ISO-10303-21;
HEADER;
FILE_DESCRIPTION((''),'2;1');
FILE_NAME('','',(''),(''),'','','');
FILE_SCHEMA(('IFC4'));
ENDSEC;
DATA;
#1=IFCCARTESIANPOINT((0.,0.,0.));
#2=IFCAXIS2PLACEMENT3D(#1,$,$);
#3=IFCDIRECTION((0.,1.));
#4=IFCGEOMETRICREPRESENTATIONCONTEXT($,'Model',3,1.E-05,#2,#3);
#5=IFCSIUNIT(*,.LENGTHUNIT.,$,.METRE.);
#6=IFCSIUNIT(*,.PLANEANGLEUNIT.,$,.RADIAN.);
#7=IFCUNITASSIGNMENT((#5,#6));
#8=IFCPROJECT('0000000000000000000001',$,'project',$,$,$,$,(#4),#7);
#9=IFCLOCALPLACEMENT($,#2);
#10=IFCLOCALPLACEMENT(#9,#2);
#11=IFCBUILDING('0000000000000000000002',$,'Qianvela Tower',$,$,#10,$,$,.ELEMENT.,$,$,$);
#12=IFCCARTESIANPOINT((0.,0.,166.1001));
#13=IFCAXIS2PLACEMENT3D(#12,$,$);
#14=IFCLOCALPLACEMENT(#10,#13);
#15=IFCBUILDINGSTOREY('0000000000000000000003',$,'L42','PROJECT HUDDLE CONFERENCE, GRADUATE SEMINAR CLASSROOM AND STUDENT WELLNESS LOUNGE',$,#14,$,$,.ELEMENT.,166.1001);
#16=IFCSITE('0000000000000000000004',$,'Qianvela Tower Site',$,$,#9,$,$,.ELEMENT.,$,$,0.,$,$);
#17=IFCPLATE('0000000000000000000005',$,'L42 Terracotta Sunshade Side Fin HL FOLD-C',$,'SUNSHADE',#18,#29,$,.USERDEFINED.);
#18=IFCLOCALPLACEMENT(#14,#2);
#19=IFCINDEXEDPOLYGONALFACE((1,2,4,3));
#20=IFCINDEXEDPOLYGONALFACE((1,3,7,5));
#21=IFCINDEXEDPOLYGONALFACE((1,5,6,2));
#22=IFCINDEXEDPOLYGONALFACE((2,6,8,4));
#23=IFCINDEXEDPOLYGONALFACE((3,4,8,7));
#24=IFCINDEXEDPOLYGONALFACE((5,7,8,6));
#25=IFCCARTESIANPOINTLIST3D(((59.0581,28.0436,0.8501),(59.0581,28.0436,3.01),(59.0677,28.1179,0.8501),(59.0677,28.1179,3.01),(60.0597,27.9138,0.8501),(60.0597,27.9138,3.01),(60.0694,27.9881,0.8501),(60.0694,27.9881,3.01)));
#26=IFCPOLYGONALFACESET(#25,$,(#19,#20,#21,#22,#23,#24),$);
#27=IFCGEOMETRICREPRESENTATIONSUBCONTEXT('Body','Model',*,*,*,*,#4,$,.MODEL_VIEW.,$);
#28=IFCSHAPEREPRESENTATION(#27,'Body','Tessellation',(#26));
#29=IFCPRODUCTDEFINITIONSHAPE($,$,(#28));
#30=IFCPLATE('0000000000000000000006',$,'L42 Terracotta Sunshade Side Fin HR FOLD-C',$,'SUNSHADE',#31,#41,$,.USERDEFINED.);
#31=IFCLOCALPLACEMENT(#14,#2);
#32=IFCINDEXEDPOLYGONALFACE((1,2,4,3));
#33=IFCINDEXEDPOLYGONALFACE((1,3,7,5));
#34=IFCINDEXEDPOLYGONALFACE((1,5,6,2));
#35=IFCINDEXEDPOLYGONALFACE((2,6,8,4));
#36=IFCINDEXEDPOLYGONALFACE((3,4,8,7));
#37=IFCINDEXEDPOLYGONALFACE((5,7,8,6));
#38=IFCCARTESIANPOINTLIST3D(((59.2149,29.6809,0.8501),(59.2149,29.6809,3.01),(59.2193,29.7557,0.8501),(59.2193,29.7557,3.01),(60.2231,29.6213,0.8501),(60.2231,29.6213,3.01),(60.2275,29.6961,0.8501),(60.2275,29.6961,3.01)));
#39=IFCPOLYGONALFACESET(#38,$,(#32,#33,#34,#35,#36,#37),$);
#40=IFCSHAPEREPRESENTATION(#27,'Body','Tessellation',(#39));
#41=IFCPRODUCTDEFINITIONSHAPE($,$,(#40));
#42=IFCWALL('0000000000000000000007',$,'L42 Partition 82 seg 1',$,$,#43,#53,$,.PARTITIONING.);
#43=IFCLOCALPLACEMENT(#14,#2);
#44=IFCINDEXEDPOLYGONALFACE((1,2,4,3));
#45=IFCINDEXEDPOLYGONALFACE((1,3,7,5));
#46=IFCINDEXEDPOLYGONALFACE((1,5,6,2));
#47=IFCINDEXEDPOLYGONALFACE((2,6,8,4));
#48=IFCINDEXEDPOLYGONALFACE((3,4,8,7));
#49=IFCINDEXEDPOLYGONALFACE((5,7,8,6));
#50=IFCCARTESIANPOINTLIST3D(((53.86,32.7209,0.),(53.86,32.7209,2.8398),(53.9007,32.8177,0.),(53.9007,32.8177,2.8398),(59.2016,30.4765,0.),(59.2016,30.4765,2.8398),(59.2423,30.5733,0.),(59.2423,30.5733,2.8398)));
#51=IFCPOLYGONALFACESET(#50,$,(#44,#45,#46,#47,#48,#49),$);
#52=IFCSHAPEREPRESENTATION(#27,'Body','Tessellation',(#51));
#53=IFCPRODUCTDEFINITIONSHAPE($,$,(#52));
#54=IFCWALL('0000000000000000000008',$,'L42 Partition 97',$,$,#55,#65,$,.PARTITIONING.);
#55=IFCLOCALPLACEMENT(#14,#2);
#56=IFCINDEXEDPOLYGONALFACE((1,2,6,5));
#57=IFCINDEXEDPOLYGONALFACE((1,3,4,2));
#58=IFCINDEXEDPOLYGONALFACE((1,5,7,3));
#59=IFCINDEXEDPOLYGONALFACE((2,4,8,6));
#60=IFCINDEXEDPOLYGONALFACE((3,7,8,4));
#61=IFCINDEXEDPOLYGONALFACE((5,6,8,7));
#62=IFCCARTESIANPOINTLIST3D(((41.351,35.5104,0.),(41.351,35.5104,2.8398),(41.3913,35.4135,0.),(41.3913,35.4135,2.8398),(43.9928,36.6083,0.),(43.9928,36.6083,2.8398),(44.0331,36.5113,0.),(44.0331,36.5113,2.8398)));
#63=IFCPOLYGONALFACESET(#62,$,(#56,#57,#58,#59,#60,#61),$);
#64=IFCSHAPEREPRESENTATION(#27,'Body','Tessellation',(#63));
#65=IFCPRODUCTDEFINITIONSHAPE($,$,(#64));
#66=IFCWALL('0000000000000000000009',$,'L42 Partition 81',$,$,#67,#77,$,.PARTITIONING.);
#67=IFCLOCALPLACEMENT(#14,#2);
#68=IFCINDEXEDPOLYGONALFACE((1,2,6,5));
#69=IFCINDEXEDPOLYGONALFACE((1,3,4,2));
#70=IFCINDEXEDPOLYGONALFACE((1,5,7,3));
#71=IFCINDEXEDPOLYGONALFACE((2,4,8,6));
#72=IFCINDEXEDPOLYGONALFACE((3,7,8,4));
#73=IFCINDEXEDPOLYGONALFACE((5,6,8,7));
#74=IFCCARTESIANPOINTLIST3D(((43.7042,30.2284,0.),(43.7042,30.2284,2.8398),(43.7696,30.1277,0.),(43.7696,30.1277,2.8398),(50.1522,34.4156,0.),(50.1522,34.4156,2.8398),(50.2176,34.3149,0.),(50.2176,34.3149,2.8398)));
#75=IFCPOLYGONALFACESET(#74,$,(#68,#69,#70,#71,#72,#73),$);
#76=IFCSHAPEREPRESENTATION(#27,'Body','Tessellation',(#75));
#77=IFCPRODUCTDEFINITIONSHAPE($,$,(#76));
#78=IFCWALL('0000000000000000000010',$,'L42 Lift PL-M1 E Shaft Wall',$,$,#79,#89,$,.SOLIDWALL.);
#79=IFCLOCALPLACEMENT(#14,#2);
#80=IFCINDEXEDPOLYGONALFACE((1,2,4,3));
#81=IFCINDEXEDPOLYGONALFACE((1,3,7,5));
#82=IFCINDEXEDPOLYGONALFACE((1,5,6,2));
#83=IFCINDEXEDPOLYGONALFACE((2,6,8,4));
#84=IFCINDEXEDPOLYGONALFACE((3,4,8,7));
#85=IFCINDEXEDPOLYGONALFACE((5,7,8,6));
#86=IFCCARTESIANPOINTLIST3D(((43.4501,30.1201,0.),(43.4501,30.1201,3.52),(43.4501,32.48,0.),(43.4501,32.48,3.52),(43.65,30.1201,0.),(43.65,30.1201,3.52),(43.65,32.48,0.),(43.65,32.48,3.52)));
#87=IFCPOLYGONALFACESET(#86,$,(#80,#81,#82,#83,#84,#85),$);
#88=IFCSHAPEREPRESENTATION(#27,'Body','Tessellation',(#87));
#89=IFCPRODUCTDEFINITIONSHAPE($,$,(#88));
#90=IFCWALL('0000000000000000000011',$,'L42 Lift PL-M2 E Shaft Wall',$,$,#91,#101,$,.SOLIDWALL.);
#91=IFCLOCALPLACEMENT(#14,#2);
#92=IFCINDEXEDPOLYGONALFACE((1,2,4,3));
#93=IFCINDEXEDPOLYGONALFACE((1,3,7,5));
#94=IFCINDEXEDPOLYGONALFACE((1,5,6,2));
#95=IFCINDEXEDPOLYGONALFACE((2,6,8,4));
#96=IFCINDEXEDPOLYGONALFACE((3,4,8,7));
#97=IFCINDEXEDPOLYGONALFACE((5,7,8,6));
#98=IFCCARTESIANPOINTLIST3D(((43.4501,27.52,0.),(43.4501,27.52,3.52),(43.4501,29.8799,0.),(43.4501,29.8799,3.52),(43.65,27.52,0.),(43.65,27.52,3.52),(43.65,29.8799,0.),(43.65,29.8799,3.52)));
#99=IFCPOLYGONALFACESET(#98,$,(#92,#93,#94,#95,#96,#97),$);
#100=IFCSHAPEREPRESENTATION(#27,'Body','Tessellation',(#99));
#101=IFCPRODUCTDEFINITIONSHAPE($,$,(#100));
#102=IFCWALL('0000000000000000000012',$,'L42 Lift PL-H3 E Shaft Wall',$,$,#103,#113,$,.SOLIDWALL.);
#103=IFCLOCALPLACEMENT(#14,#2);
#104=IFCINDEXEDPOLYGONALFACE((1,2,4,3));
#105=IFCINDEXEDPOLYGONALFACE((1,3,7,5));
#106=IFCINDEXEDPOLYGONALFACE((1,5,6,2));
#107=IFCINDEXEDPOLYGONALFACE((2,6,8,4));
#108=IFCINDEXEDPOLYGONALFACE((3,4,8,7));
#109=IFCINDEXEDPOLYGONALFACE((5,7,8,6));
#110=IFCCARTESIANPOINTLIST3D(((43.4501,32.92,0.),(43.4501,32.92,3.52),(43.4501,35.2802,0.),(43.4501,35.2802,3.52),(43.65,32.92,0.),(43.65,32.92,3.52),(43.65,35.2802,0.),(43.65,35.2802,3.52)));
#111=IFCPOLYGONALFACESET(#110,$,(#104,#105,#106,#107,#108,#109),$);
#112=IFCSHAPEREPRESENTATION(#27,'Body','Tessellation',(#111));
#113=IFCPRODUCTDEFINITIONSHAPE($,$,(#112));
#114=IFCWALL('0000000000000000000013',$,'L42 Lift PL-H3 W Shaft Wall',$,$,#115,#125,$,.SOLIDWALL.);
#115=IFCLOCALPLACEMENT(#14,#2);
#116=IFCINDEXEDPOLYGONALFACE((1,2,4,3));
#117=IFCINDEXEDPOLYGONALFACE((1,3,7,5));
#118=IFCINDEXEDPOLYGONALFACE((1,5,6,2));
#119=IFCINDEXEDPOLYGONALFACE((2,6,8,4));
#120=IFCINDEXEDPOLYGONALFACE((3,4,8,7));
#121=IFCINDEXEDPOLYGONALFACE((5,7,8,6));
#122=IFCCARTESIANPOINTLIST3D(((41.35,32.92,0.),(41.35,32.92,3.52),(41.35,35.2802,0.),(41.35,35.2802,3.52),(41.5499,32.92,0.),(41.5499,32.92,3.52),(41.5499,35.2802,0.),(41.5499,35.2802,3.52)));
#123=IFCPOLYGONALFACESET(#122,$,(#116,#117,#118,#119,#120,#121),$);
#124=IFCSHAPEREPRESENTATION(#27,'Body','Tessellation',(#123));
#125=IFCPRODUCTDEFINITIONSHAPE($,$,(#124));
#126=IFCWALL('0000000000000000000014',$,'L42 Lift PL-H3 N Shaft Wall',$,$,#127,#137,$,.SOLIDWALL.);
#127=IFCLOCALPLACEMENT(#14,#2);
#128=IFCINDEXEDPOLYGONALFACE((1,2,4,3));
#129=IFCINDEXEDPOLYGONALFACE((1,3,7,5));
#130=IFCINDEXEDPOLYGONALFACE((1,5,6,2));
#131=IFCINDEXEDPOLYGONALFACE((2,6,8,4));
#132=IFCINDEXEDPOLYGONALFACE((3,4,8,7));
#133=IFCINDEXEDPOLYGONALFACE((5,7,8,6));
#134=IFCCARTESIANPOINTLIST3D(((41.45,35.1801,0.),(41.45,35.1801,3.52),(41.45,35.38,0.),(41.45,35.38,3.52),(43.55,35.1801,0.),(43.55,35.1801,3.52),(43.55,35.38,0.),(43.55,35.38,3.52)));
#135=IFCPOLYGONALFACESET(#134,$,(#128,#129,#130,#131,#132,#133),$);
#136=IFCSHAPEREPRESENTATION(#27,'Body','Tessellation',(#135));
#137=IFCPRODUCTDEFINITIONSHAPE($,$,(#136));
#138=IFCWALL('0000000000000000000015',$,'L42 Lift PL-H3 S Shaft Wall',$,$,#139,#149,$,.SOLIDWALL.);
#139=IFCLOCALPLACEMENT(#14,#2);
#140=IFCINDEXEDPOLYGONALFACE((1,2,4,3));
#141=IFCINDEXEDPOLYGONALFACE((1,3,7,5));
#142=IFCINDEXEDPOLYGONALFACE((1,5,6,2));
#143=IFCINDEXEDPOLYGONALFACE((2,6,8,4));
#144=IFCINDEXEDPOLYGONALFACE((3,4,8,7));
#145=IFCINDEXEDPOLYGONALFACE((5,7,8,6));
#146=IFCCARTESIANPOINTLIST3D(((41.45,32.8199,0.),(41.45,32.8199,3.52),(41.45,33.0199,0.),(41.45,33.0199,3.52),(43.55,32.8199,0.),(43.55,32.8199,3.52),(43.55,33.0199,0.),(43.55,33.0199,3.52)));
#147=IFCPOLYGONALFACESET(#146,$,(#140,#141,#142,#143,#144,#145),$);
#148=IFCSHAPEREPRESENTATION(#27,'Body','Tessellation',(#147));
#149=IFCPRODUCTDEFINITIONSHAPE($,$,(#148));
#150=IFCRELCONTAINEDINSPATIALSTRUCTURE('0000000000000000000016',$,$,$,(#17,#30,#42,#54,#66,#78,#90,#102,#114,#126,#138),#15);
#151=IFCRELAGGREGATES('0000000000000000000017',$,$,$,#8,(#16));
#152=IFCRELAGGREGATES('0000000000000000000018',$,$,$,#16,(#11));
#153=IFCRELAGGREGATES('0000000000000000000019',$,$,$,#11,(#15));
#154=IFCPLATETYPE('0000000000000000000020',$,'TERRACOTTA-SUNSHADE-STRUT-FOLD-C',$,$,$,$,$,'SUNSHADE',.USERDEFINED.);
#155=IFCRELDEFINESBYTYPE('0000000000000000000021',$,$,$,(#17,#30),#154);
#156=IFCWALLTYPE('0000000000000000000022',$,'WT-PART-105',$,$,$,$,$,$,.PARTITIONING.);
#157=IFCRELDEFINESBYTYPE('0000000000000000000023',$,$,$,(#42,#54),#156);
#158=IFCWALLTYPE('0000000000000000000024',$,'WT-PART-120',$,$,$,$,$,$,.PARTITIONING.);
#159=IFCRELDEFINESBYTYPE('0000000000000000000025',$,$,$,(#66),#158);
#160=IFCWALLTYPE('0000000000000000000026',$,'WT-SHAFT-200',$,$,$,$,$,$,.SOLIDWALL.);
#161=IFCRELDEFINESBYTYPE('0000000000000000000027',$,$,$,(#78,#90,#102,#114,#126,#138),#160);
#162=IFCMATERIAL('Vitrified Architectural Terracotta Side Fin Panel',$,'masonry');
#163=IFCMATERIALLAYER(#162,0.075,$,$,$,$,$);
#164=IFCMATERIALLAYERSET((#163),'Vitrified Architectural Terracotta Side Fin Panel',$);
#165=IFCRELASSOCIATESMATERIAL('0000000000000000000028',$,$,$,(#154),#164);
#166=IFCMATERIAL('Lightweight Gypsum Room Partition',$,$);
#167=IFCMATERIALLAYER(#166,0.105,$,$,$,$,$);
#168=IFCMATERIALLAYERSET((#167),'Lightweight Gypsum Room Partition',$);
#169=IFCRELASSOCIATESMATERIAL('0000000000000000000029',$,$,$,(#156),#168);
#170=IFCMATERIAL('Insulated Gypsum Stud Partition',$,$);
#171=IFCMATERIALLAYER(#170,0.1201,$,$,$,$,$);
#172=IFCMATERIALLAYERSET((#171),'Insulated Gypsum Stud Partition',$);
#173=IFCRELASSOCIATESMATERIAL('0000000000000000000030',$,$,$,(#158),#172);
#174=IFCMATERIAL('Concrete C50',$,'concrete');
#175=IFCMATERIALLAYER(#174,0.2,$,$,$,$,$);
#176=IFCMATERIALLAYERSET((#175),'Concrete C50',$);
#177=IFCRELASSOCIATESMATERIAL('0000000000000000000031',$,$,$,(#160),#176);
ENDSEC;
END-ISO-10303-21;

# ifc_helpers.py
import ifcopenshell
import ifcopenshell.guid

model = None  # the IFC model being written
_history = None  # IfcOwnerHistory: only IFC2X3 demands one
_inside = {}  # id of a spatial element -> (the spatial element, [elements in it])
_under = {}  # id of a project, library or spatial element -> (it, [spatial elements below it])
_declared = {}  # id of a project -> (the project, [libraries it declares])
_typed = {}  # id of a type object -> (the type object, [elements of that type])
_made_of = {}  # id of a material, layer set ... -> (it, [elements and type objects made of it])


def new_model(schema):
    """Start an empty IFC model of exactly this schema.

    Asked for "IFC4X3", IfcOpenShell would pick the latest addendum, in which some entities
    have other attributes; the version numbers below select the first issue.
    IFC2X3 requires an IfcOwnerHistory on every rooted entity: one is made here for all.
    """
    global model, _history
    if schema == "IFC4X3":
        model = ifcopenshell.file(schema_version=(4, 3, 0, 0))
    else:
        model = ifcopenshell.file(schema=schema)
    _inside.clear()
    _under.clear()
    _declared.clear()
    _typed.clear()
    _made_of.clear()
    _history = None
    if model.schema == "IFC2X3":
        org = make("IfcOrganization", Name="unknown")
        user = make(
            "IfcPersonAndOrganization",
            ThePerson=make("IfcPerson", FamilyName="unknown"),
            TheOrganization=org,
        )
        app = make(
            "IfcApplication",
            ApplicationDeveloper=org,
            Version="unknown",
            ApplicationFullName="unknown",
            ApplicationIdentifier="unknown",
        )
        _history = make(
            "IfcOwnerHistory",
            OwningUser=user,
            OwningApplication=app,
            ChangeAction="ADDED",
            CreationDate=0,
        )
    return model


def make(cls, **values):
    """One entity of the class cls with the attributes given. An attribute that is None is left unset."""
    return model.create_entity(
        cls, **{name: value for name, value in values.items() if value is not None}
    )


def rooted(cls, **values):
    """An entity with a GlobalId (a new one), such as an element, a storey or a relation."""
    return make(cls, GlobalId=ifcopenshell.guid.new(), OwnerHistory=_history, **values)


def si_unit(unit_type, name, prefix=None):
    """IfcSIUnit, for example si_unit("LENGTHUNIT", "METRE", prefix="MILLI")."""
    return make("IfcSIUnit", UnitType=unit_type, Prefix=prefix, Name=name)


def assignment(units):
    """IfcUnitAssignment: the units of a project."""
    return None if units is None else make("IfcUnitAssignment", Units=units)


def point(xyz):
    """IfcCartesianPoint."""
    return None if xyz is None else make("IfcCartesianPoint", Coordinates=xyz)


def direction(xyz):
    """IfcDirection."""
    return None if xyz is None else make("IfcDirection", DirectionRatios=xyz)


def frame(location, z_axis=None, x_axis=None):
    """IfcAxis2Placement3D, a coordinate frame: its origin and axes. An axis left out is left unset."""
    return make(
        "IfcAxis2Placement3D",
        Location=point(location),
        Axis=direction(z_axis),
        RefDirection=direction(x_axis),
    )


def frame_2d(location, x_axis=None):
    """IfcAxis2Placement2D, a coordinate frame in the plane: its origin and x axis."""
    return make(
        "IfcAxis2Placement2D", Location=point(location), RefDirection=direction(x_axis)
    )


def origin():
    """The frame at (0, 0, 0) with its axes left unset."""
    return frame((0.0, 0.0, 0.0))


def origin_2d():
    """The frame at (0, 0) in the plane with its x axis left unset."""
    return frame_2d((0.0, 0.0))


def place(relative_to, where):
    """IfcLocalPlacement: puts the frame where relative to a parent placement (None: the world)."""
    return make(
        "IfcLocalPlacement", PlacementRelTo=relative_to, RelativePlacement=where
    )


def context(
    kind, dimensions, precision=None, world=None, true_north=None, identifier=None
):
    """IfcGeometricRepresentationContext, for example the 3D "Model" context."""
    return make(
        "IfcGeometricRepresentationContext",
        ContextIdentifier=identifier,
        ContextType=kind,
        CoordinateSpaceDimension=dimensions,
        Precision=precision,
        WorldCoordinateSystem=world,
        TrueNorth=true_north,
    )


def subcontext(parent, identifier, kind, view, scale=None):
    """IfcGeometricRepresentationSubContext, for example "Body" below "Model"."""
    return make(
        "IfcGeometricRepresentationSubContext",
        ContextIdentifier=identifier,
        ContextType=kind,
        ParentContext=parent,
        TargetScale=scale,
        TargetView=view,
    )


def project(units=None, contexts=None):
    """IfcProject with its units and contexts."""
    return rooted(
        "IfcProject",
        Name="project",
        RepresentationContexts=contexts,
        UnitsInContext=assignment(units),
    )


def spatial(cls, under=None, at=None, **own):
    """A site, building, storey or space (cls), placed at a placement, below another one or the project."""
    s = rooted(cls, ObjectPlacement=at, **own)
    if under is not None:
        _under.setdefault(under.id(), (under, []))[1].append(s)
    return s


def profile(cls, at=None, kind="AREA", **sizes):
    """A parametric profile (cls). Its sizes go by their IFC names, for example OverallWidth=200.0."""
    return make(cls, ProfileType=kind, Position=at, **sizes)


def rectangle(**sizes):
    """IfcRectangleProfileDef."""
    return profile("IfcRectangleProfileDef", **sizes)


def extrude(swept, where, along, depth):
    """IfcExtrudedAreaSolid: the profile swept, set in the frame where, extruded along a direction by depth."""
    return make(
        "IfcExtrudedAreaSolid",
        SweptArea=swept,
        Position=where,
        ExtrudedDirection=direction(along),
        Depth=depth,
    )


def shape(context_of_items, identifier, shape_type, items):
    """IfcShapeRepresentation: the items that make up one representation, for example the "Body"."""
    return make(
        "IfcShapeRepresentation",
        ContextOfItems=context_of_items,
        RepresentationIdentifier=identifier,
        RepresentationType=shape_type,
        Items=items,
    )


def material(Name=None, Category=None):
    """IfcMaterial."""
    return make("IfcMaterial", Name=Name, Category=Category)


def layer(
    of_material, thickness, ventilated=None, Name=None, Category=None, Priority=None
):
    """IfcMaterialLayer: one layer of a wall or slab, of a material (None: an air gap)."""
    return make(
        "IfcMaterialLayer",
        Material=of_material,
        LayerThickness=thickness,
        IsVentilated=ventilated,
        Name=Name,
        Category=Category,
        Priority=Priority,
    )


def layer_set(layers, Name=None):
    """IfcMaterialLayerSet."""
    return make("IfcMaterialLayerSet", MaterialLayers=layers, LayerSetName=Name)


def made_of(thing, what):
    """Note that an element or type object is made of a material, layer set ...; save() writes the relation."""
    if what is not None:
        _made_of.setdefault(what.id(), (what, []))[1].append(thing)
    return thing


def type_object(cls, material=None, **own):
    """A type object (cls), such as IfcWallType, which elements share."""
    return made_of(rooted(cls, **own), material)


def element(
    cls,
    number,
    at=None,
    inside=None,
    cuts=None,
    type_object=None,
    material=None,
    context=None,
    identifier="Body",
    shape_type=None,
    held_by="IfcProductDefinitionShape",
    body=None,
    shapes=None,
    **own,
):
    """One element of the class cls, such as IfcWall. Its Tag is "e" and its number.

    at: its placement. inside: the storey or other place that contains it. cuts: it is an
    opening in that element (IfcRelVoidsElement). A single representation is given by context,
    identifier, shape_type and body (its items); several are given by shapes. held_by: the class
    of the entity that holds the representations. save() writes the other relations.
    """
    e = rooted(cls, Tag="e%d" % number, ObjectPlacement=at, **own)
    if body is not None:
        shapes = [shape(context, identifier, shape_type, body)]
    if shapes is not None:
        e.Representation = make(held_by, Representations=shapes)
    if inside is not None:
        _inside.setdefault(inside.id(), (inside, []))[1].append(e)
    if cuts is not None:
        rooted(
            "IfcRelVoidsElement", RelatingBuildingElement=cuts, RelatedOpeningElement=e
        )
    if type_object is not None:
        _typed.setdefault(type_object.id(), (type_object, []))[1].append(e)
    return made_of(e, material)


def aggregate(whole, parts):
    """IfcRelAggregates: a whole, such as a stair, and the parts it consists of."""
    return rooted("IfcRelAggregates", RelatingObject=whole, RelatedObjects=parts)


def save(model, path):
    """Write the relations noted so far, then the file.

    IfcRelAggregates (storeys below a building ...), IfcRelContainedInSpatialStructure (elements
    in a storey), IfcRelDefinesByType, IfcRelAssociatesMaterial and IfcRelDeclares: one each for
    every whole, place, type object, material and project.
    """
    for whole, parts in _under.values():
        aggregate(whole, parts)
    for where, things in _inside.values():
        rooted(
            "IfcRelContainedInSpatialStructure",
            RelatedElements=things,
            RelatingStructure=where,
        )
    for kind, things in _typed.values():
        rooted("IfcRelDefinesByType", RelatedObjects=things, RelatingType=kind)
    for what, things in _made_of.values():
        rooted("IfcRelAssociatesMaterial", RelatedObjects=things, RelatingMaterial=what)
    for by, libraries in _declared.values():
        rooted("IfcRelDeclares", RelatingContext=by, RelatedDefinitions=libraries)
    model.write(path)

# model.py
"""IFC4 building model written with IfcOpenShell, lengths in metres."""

from ifc_helpers import new_model, si_unit, direction, frame, frame_2d, origin, origin_2d, place, context, subcontext, project, spatial, rectangle, extrude, material, layer, layer_set, type_object, element, save


model = new_model("IFC4")

# Units and contexts
model_context = context("Model", 3, precision=1e-05, world=origin(), true_north=direction((0.0, 1.0)))
body_context = subcontext(model_context, "Body", "Model", "MODEL_VIEW")
ifc_project = project(units=[si_unit("LENGTHUNIT", "METRE"), si_unit("PLANEANGLEUNIT", "RADIAN")], contexts=[model_context])

# Site, building, storey
site_placement = place(None, origin())
site = spatial("IfcSite", under=ifc_project, at=site_placement, Name="Qianvela Tower Site", CompositionType="ELEMENT", RefElevation=0.0)
building_placement = place(site_placement, origin())
building = spatial("IfcBuilding", under=site, at=building_placement, Name="Qianvela Tower", CompositionType="ELEMENT")
storey_placement = place(building_placement, frame((0.0, 0.0, 166.1001)))
storey = spatial("IfcBuildingStorey", under=building, at=storey_placement, Name="L42", Description="PROJECT HUDDLE CONFERENCE, GRADUATE SEMINAR CLASSROOM AND STUDENT WELLNESS LOUNGE", CompositionType="ELEMENT", Elevation=166.1001)

# Plates
ifc_material_1 = material(Name="Vitrified Architectural Terracotta Side Fin Panel", Category="masonry")
ifc_layer_1 = layer(ifc_material_1, 0.075)
ifc_layer_set_1 = layer_set([ifc_layer_1], Name="Vitrified Architectural Terracotta Side Fin Panel")
plate_type_1 = type_object("IfcPlateType", Name="TERRACOTTA-SUNSHADE-STRUT-FOLD-C", ElementType="SUNSHADE", PredefinedType="USERDEFINED", material=ifc_layer_set_1)
for number, where, z_axis, x_axis, name in (
    (1, (59.5637, 28.0159, 0.8501), (0.0, 0.0, 1.0), (0.12851, 0.991708, 0.0), "L42 Terracotta Sunshade Side Fin HL FOLD-C"),
    (2, (59.7212, 29.6885, 0.8501), (0.0, 0.0, 1.0), (0.059019, 0.998257, 0.0), "L42 Terracotta Sunshade Side Fin HR FOLD-C"),
):
    element("IfcPlate", number, at=place(storey_placement, frame(where, z_axis=z_axis, x_axis=x_axis)), inside=storey, type_object=plate_type_1, Name=name, ObjectType="SUNSHADE", PredefinedType="USERDEFINED", context=body_context, shape_type="SweptSolid", body=[
        extrude(rectangle(XDim=0.075, YDim=1.01, at=origin_2d()), origin(), (0.0, 0.0, 1.0), 2.1599),
    ])

# Walls
ifc_material_2 = material(Name="Lightweight Gypsum Room Partition")
ifc_layer_2 = layer(ifc_material_2, 0.105)
ifc_layer_set_2 = layer_set([ifc_layer_2], Name="Lightweight Gypsum Room Partition")
wall_type_1 = type_object("IfcWallType", Name="WT-PART-105", PredefinedType="PARTITIONING", material=ifc_layer_set_2)
wall_1_placement = place(storey_placement, frame((53.8804, 32.7693, 0.0), z_axis=(0.0, 0.0, 1.0), x_axis=(0.921925, -0.387369, 0.0)))
element("IfcWall", 3, at=wall_1_placement, inside=storey, type_object=wall_type_1, Name="L42 Partition 82 seg 1", PredefinedType="PARTITIONING", context=body_context, shape_type="SweptSolid", body=[
    extrude(rectangle(XDim=5.7939, YDim=0.105, at=frame_2d((2.897, 0.0))), origin(), (0.0, 0.0, 1.0), 2.8398),
])
wall_2_placement = place(storey_placement, frame((44.0129, 36.5598, 0.0), z_axis=(0.0, 0.0, 1.0), x_axis=(-0.923433, -0.383761, 0.0)))
element("IfcWall", 4, at=wall_2_placement, inside=storey, type_object=wall_type_1, Name="L42 Partition 97", PredefinedType="PARTITIONING", context=body_context, shape_type="SweptSolid", body=[
    extrude(rectangle(XDim=2.8608, YDim=0.105, at=frame_2d((1.4304, 0.0))), origin(), (0.0, 0.0, 1.0), 2.8398),
])
ifc_material_3 = material(Name="Insulated Gypsum Stud Partition")
ifc_layer_3 = layer(ifc_material_3, 0.1201)
ifc_layer_set_3 = layer_set([ifc_layer_3], Name="Insulated Gypsum Stud Partition")
wall_type_2 = type_object("IfcWallType", Name="WT-PART-120", PredefinedType="PARTITIONING", material=ifc_layer_set_3)
wall_3_placement = place(storey_placement, frame((43.7368, 30.178, 0.0), z_axis=(0.0, 0.0, 1.0), x_axis=(0.838678, 0.544628, 0.0)))
element("IfcWall", 5, at=wall_3_placement, inside=storey, type_object=wall_type_2, Name="L42 Partition 81", PredefinedType="PARTITIONING", context=body_context, shape_type="SweptSolid", body=[
    extrude(rectangle(XDim=7.6882, YDim=0.1201, at=frame_2d((3.8442, 0.0))), origin(), (0.0, 0.0, 1.0), 2.8398),
])
ifc_material_4 = material(Name="Concrete C50", Category="concrete")
ifc_layer_4 = layer(ifc_material_4, 0.2)
ifc_layer_set_4 = layer_set([ifc_layer_4], Name="Concrete C50")
wall_type_3 = type_object("IfcWallType", Name="WT-SHAFT-200", PredefinedType="SOLIDWALL", material=ifc_layer_set_4)
for number, where, z_axis, x_axis, name in (
    (6, (43.55, 30.1201, 0.0), (0.0, 0.0, 1.0), (0.0, 1.0, 0.0), "L42 Lift PL-M1 E Shaft Wall"),
    (7, (43.55, 27.52, 0.0), (0.0, 0.0, 1.0), (0.0, 1.0, 0.0), "L42 Lift PL-M2 E Shaft Wall"),
):
    element("IfcWall", number, at=place(storey_placement, frame(where, z_axis=z_axis, x_axis=x_axis)), inside=storey, type_object=wall_type_3, Name=name, PredefinedType="SOLIDWALL", context=body_context, shape_type="SweptSolid", body=[
        extrude(rectangle(XDim=2.3599, YDim=0.2, at=frame_2d((1.1799, 0.0))), origin(), (0.0, 0.0, 1.0), 3.52),
    ])
for number, where, z_axis, x_axis, name in (
    (8, (43.55, 32.9199, 0.0), (0.0, 0.0, 1.0), (0.0, 1.0, 0.0), "L42 Lift PL-H3 E Shaft Wall"),
    (9, (41.45, 32.9199, 0.0), (0.0, 0.0, 1.0), (0.0, 1.0, 0.0), "L42 Lift PL-H3 W Shaft Wall"),
):
    element("IfcWall", number, at=place(storey_placement, frame(where, z_axis=z_axis, x_axis=x_axis)), inside=storey, type_object=wall_type_3, Name=name, PredefinedType="SOLIDWALL", context=body_context, shape_type="SweptSolid", body=[
        extrude(rectangle(XDim=2.3601, YDim=0.2, at=frame_2d((1.1802, 0.0))), origin(), (0.0, 0.0, 1.0), 3.52),
    ])
for number, where, z_axis, x_axis, name in (
    (10, (41.45, 35.28, 0.0), (0.0, 0.0, 1.0), (1.0, 0.0, 0.0), "L42 Lift PL-H3 N Shaft Wall"),
    (11, (41.45, 32.9199, 0.0), (0.0, 0.0, 1.0), (1.0, 0.0, 0.0), "L42 Lift PL-H3 S Shaft Wall"),
):
    element("IfcWall", number, at=place(storey_placement, frame(where, z_axis=z_axis, x_axis=x_axis)), inside=storey, type_object=wall_type_3, Name=name, PredefinedType="SOLIDWALL", context=body_context, shape_type="SweptSolid", body=[
        extrude(rectangle(XDim=2.1001, YDim=0.2, at=frame_2d((1.05, 0.0))), origin(), (0.0, 0.0, 1.0), 3.52),
    ])

save(model, "model.ifc")
